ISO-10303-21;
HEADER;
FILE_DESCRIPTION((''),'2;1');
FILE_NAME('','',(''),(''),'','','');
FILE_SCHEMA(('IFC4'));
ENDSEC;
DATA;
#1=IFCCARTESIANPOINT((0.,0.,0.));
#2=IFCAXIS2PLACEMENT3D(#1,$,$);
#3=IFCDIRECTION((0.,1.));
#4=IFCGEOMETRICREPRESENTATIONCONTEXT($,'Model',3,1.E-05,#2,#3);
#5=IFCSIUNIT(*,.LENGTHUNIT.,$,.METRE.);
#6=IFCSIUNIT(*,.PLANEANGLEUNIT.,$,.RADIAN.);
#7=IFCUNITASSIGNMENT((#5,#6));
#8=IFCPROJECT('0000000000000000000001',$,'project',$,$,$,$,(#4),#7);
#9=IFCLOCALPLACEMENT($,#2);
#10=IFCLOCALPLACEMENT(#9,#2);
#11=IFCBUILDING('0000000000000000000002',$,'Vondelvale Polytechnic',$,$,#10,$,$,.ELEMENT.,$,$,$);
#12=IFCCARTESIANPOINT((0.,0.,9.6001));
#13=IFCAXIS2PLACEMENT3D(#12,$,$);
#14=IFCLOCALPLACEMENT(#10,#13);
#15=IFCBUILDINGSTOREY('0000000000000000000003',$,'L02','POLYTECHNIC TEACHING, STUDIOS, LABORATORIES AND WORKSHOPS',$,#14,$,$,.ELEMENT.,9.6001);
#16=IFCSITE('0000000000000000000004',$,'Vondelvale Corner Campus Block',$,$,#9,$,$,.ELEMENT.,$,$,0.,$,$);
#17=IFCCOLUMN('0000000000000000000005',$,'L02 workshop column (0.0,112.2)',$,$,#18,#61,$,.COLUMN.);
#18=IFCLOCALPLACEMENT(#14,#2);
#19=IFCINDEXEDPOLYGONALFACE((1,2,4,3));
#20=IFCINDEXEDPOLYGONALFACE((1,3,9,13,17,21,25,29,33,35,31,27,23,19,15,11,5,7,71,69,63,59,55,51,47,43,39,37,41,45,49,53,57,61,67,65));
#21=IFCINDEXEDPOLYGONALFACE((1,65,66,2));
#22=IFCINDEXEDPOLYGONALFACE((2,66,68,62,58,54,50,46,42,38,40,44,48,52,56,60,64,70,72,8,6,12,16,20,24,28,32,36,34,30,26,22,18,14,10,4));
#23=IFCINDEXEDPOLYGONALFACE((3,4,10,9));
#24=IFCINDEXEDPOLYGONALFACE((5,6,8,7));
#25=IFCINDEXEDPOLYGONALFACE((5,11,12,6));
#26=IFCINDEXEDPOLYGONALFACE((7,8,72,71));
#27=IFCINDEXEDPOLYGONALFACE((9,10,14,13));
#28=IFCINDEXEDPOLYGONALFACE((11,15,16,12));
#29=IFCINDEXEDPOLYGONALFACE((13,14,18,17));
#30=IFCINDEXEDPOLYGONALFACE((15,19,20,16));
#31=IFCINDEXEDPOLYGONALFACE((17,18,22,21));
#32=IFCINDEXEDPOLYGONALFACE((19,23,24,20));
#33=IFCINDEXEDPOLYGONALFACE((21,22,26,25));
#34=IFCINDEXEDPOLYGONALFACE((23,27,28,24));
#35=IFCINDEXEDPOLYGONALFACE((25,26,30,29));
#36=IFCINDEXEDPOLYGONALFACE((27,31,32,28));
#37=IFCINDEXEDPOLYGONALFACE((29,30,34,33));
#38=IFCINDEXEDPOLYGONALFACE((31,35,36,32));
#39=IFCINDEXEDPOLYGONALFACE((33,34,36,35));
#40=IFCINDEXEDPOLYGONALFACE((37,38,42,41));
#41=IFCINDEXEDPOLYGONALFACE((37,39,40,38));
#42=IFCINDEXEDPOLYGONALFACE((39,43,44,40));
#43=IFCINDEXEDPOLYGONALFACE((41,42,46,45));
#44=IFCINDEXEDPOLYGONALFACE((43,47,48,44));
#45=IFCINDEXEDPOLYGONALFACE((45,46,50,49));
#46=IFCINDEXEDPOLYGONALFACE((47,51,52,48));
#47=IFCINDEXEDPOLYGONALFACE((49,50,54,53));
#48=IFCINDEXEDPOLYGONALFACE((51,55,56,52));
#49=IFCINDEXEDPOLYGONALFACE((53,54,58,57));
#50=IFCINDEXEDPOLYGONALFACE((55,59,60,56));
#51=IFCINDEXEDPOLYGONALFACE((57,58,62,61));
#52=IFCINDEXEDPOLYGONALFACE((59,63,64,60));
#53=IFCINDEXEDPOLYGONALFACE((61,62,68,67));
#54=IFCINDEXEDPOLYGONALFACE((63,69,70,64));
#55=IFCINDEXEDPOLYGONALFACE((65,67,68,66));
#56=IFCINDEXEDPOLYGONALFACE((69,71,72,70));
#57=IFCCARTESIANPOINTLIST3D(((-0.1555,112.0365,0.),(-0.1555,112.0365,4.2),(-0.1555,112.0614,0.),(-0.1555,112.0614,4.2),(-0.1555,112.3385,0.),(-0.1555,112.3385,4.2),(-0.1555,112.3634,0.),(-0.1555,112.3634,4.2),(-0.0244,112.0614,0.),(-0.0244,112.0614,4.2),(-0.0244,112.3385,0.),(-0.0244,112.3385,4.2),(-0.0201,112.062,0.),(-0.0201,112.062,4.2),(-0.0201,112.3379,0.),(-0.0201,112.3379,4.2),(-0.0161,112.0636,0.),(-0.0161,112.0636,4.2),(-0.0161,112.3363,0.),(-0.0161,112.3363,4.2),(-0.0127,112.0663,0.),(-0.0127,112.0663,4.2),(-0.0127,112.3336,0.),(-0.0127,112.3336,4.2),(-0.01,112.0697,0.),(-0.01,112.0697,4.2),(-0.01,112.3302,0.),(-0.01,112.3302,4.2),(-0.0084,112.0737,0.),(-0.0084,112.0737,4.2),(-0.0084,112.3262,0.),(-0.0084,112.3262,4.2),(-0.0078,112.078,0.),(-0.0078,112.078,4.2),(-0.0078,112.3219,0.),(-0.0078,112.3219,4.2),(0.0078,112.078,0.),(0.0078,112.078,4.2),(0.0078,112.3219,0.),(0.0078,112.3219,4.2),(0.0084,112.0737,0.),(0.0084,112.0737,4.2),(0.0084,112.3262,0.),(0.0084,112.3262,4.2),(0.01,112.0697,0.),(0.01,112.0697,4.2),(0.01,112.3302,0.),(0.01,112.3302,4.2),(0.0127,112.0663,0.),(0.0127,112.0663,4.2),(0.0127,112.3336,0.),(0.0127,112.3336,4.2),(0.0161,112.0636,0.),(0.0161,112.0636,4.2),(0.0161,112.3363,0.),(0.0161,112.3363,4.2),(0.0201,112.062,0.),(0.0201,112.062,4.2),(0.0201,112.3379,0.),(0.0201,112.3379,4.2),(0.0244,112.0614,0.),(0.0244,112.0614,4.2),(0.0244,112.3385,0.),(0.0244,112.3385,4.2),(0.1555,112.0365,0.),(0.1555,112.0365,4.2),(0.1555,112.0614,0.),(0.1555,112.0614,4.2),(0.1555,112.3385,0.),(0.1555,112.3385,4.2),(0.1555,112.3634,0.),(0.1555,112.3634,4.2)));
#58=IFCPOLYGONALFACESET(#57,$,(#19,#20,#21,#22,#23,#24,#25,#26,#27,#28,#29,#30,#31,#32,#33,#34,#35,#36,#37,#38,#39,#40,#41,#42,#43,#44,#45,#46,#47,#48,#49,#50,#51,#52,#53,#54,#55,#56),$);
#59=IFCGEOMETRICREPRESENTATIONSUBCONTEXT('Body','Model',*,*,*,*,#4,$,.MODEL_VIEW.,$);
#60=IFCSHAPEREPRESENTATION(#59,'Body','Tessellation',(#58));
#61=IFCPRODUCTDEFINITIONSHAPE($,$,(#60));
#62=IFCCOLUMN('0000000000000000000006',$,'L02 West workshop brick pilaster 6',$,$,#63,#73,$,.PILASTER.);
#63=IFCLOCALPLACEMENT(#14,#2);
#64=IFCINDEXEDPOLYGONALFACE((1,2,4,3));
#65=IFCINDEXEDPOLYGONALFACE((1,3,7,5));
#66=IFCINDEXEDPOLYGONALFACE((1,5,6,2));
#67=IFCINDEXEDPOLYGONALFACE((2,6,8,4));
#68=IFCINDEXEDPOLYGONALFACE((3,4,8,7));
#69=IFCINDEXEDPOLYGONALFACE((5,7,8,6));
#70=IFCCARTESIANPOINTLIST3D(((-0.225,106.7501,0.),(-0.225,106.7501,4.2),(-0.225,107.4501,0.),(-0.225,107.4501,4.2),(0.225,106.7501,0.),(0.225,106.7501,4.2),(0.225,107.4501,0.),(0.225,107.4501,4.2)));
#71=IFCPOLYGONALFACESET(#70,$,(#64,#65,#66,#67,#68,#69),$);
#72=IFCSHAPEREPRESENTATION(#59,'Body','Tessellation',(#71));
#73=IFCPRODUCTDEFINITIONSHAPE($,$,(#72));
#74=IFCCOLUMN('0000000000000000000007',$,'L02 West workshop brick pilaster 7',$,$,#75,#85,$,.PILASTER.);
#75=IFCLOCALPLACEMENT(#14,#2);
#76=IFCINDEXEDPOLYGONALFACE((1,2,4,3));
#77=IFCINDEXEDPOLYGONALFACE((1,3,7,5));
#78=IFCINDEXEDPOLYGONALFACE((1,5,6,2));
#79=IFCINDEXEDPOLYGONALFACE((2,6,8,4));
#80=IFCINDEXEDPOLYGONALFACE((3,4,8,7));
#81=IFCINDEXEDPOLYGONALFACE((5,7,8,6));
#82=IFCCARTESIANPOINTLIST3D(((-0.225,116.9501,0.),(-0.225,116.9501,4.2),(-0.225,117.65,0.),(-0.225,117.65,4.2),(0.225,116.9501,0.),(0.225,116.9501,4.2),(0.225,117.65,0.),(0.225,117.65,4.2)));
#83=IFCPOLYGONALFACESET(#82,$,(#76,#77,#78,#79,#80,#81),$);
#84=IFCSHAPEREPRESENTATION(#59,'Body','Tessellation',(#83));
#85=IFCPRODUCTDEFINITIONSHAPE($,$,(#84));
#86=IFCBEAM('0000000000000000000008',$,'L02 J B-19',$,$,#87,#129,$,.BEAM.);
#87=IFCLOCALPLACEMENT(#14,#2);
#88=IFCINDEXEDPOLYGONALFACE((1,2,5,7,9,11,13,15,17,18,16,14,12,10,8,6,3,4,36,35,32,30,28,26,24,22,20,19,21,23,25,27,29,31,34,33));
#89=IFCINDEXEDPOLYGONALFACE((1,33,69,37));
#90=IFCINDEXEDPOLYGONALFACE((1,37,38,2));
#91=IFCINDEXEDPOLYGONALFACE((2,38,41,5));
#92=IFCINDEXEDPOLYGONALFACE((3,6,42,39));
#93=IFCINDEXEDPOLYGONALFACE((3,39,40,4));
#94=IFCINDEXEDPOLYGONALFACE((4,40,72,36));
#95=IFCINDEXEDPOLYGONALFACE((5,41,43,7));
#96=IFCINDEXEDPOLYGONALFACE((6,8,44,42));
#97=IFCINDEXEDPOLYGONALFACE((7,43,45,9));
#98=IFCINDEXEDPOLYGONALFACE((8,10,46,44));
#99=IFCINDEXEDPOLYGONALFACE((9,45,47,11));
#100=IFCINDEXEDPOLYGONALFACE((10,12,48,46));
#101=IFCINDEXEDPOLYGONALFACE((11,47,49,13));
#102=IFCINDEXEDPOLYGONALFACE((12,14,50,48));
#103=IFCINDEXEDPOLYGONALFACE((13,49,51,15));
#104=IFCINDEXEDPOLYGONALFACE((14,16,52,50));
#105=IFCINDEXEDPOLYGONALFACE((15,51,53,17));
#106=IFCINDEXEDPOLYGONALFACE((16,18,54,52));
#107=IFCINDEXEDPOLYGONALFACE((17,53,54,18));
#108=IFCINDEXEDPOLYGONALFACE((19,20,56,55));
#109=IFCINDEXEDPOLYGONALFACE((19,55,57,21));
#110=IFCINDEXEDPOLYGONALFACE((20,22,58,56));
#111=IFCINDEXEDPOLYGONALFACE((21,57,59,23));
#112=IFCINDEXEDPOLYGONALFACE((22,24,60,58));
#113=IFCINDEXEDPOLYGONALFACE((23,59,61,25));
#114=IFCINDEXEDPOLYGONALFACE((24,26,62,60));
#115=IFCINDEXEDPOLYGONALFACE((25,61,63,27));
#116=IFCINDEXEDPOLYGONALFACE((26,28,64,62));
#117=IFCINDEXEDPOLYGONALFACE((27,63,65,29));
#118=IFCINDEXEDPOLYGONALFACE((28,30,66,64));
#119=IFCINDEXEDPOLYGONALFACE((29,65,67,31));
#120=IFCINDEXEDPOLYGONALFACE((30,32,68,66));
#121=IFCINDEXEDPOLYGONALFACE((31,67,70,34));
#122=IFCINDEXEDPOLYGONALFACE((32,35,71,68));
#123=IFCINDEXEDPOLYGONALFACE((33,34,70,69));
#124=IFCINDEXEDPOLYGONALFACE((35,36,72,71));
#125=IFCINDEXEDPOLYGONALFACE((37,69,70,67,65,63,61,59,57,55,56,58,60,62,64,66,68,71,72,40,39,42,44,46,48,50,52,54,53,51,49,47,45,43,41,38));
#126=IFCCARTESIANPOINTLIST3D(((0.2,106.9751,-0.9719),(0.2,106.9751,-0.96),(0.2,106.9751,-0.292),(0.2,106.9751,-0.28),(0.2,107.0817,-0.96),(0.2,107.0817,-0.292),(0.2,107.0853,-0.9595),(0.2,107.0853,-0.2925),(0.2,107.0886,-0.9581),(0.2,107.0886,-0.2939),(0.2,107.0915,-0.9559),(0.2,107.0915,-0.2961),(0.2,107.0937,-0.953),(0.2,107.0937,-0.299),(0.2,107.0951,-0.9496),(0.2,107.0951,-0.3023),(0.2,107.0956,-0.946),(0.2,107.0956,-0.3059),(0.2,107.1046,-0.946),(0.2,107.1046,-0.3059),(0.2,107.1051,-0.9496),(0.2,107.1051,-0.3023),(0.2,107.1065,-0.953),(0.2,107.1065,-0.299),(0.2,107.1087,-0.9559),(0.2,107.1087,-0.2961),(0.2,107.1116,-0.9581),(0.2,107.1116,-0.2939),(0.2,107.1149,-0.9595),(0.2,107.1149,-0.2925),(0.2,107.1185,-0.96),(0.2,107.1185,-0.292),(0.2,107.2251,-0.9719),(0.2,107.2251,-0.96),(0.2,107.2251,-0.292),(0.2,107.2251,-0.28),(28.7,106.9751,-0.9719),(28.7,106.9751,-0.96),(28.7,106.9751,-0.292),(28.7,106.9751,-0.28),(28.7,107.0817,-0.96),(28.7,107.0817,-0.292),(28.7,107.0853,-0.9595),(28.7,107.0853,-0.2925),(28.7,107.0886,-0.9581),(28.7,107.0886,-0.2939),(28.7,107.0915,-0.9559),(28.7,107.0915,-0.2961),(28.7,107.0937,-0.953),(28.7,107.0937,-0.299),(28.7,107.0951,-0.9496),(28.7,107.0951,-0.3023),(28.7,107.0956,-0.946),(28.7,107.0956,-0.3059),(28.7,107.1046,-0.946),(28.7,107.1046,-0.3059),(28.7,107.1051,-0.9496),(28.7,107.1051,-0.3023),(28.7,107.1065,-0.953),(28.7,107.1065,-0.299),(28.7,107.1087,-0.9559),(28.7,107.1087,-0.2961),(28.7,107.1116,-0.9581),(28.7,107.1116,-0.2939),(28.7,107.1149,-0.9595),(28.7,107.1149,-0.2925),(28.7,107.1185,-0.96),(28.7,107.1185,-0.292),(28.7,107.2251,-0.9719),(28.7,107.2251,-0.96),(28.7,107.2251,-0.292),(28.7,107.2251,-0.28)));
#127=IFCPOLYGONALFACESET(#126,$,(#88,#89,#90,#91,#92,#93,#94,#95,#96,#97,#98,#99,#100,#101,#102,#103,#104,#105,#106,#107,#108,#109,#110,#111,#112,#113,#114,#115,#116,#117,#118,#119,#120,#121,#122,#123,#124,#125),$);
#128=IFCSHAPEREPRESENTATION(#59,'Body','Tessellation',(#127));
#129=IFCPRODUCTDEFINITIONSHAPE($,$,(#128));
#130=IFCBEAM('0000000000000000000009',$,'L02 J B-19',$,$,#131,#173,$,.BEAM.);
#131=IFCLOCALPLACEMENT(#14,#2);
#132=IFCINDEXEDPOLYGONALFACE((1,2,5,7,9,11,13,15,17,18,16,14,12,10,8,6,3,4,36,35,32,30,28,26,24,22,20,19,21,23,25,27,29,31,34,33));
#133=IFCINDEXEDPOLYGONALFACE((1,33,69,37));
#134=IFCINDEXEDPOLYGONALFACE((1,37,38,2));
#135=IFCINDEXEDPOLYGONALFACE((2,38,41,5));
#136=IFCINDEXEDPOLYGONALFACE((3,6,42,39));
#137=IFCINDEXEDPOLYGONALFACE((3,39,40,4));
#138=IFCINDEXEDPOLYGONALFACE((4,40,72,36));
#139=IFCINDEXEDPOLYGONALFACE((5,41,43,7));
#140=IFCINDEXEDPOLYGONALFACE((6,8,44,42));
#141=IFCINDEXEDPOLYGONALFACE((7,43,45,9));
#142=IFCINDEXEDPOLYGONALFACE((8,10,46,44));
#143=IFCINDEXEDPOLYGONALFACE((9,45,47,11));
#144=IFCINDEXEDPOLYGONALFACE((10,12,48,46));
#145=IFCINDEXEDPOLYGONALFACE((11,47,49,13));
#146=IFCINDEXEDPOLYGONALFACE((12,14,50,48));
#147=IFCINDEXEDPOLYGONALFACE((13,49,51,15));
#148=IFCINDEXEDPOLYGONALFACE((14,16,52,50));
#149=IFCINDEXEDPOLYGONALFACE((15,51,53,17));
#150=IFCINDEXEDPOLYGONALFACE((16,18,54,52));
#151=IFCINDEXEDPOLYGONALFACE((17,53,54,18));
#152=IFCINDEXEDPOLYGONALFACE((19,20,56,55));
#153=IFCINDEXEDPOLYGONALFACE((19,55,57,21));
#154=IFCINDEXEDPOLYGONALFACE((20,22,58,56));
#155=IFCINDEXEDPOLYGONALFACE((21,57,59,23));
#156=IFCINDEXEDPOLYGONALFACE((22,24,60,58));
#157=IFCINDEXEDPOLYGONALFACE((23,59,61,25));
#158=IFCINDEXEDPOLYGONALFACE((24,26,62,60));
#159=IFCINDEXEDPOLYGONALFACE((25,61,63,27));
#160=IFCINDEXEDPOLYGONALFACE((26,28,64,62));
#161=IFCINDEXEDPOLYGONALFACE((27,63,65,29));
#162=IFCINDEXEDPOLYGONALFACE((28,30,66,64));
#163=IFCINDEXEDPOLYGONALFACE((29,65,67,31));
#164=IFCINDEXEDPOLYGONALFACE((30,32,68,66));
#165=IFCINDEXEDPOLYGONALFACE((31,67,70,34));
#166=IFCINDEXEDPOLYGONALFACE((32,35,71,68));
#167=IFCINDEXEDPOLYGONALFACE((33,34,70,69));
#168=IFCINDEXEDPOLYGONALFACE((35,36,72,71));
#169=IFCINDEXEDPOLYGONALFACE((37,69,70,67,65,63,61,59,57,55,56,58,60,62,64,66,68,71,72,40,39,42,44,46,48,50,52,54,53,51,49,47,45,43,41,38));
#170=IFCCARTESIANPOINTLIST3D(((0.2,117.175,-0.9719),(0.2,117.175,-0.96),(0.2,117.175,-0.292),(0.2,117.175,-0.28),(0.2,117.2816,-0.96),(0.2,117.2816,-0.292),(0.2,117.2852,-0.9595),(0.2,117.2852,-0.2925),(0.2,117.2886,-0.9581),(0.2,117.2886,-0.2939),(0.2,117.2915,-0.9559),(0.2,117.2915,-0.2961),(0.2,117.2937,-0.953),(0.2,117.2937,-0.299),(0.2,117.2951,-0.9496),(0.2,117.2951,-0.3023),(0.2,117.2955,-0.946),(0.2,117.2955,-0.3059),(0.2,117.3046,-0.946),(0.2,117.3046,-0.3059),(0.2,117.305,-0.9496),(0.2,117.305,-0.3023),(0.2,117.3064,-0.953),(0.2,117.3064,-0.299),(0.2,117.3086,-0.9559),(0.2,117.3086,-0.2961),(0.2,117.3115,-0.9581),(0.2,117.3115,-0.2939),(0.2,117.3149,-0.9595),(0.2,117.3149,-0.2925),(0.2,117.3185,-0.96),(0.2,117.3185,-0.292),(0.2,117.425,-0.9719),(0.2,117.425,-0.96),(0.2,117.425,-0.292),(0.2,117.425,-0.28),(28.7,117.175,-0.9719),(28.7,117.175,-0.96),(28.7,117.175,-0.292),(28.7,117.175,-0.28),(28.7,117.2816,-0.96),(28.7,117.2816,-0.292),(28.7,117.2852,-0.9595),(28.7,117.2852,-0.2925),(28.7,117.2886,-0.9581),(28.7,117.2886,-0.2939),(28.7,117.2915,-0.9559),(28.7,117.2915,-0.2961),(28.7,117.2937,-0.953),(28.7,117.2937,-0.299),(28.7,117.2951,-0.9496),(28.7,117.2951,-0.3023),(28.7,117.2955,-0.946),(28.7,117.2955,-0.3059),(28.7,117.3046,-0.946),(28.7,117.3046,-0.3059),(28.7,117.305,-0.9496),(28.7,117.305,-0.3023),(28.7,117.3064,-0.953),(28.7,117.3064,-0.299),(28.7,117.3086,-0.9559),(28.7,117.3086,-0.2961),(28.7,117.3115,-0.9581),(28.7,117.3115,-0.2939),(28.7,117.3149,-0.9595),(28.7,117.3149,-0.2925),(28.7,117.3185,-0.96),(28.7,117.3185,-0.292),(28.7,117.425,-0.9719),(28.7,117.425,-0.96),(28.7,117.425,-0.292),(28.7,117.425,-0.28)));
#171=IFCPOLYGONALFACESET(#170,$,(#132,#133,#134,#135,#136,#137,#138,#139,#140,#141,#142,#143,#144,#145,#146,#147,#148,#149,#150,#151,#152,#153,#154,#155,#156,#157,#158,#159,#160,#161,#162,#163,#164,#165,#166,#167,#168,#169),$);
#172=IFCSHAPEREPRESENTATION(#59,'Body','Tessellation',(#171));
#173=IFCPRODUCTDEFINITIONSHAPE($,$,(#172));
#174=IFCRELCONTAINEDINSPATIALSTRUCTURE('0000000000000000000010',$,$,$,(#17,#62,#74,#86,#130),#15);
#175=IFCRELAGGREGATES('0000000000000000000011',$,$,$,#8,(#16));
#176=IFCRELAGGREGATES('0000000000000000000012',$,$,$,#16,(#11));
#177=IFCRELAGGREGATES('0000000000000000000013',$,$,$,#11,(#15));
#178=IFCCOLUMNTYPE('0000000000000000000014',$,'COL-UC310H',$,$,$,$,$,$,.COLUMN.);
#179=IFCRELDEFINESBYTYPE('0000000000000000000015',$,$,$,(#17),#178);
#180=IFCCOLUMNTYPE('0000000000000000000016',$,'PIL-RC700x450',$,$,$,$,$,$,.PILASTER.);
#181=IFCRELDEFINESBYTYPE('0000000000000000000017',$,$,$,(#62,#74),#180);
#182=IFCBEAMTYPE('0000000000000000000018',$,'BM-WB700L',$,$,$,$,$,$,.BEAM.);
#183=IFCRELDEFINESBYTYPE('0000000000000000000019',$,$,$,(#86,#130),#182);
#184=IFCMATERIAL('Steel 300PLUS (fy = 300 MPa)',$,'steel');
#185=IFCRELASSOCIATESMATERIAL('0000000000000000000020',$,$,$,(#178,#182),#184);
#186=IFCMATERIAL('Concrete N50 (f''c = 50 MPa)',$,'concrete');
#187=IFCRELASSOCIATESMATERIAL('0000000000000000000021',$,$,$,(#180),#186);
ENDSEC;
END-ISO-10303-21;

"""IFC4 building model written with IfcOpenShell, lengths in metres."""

from ifc_helpers import new_model, si_unit, direction, frame, origin, origin_2d, place, context, subcontext, project, spatial, rectangle, i_section, extrude, material, material_profile, profile_set, type_object, element, save


model = new_model("IFC4")

# Units and contexts
model_context = context("Model", 3, precision=1e-05, world=origin(), true_north=direction((0.0, 1.0)))
body_context = subcontext(model_context, "Body", "Model", "MODEL_VIEW")
ifc_project = project(units=[si_unit("LENGTHUNIT", "METRE"), si_unit("PLANEANGLEUNIT", "RADIAN")], contexts=[model_context])

# Site, building, storey
site_placement = place(None, origin())
site = spatial("IfcSite", under=ifc_project, at=site_placement, Name="Vondelvale Corner Campus Block", CompositionType="ELEMENT", RefElevation=0.0)
building_placement = place(site_placement, origin())
building = spatial("IfcBuilding", under=site, at=building_placement, Name="Vondelvale Polytechnic", CompositionType="ELEMENT")
storey_placement = place(building_placement, frame((0.0, 0.0, 9.6001)))
storey = spatial("IfcBuildingStorey", under=building, at=storey_placement, Name="L02", Description="POLYTECHNIC TEACHING, STUDIOS, LABORATORIES AND WORKSHOPS", CompositionType="ELEMENT", Elevation=9.6001)

# Columns
ifc_material_1 = material(Name="Steel 300PLUS (fy = 300 MPa)", Category="steel")
ifc_material_profile_1 = material_profile(ifc_material_1, i_section(OverallWidth=0.311, OverallDepth=0.3269, WebThickness=0.0156, FlangeThickness=0.0249, FilletRadius=0.0166, at=origin_2d()), Name="310UC158")
ifc_profile_set_1 = profile_set([ifc_material_profile_1], Name="Steel 300PLUS (fy = 300 MPa)")
column_type_1 = type_object("IfcColumnType", Name="COL-UC310H", PredefinedType="COLUMN", material=ifc_profile_set_1)
column_placement = place(storey_placement, frame((0.0, 112.2, 0.0), z_axis=(0.0, 0.0, 1.0), x_axis=(1.0, 0.0, 0.0)))
element("IfcColumn", 1, at=column_placement, inside=storey, type_object=column_type_1, Name="L02 workshop column (0.0,112.2)", PredefinedType="COLUMN", context=body_context, shape_type="SweptSolid", body=[
    extrude(i_section(OverallWidth=0.311, OverallDepth=0.3269, WebThickness=0.0156, FlangeThickness=0.0249, FilletRadius=0.0166, at=origin_2d()), origin(), (0.0, 0.0, 1.0), 4.2),
])
ifc_material_2 = material(Name="Concrete N50 (f'c = 50 MPa)", Category="concrete")
ifc_material_profile_2 = material_profile(ifc_material_2, rectangle(XDim=0.45, YDim=0.7, at=origin_2d()), Name="RC-PIL-700x450")
ifc_profile_set_2 = profile_set([ifc_material_profile_2], Name="Concrete N50 (f'c = 50 MPa)")
column_type_2 = type_object("IfcColumnType", Name="PIL-RC700x450", PredefinedType="PILASTER", material=ifc_profile_set_2)
for number, where, z_axis, x_axis, name in (
    (2, (0.0, 107.1001, 0.0), (0.0, 0.0, 1.0), (1.0, 0.0, 0.0), "L02 West workshop brick pilaster 6"),
    (3, (0.0, 117.3, 0.0), (0.0, 0.0, 1.0), (1.0, 0.0, 0.0), "L02 West workshop brick pilaster 7"),
):
    element("IfcColumn", number, at=place(storey_placement, frame(where, z_axis=z_axis, x_axis=x_axis)), inside=storey, type_object=column_type_2, Name=name, PredefinedType="PILASTER", context=body_context, shape_type="SweptSolid", body=[
        extrude(rectangle(XDim=0.45, YDim=0.7, at=origin_2d()), origin(), (0.0, 0.0, 1.0), 4.2),
    ])

# Beams
ifc_material_profile_3 = material_profile(ifc_material_1, i_section(OverallWidth=0.25, OverallDepth=0.6919, WebThickness=0.009, FlangeThickness=0.012, FilletRadius=0.0139, at=origin_2d()), Name="700WB115")
ifc_profile_set_3 = profile_set([ifc_material_profile_3], Name="Steel 300PLUS (fy = 300 MPa)")
beam_type_1 = type_object("IfcBeamType", Name="BM-WB700L", PredefinedType="BEAM", material=ifc_profile_set_3)
for number, where, z_axis, x_axis, name in (
    (4, (0.2, 107.1001, -0.626), (1.0, 0.0, 0.0), (0.0, 1.0, 0.0), "L02 J B-19"),
    (5, (0.2, 117.3, -0.626), (1.0, 0.0, 0.0), (0.0, 1.0, 0.0), "L02 J B-19"),
):
    element("IfcBeam", number, at=place(storey_placement, frame(where, z_axis=z_axis, x_axis=x_axis)), inside=storey, type_object=beam_type_1, Name=name, PredefinedType="BEAM", context=body_context, shape_type="SweptSolid", body=[
        extrude(i_section(OverallWidth=0.25, OverallDepth=0.6919, WebThickness=0.009, FlangeThickness=0.012, FilletRadius=0.0139, at=origin_2d()), origin(), (0.0, 0.0, 1.0), 28.5),
    ])

save(model, "model.ifc")
